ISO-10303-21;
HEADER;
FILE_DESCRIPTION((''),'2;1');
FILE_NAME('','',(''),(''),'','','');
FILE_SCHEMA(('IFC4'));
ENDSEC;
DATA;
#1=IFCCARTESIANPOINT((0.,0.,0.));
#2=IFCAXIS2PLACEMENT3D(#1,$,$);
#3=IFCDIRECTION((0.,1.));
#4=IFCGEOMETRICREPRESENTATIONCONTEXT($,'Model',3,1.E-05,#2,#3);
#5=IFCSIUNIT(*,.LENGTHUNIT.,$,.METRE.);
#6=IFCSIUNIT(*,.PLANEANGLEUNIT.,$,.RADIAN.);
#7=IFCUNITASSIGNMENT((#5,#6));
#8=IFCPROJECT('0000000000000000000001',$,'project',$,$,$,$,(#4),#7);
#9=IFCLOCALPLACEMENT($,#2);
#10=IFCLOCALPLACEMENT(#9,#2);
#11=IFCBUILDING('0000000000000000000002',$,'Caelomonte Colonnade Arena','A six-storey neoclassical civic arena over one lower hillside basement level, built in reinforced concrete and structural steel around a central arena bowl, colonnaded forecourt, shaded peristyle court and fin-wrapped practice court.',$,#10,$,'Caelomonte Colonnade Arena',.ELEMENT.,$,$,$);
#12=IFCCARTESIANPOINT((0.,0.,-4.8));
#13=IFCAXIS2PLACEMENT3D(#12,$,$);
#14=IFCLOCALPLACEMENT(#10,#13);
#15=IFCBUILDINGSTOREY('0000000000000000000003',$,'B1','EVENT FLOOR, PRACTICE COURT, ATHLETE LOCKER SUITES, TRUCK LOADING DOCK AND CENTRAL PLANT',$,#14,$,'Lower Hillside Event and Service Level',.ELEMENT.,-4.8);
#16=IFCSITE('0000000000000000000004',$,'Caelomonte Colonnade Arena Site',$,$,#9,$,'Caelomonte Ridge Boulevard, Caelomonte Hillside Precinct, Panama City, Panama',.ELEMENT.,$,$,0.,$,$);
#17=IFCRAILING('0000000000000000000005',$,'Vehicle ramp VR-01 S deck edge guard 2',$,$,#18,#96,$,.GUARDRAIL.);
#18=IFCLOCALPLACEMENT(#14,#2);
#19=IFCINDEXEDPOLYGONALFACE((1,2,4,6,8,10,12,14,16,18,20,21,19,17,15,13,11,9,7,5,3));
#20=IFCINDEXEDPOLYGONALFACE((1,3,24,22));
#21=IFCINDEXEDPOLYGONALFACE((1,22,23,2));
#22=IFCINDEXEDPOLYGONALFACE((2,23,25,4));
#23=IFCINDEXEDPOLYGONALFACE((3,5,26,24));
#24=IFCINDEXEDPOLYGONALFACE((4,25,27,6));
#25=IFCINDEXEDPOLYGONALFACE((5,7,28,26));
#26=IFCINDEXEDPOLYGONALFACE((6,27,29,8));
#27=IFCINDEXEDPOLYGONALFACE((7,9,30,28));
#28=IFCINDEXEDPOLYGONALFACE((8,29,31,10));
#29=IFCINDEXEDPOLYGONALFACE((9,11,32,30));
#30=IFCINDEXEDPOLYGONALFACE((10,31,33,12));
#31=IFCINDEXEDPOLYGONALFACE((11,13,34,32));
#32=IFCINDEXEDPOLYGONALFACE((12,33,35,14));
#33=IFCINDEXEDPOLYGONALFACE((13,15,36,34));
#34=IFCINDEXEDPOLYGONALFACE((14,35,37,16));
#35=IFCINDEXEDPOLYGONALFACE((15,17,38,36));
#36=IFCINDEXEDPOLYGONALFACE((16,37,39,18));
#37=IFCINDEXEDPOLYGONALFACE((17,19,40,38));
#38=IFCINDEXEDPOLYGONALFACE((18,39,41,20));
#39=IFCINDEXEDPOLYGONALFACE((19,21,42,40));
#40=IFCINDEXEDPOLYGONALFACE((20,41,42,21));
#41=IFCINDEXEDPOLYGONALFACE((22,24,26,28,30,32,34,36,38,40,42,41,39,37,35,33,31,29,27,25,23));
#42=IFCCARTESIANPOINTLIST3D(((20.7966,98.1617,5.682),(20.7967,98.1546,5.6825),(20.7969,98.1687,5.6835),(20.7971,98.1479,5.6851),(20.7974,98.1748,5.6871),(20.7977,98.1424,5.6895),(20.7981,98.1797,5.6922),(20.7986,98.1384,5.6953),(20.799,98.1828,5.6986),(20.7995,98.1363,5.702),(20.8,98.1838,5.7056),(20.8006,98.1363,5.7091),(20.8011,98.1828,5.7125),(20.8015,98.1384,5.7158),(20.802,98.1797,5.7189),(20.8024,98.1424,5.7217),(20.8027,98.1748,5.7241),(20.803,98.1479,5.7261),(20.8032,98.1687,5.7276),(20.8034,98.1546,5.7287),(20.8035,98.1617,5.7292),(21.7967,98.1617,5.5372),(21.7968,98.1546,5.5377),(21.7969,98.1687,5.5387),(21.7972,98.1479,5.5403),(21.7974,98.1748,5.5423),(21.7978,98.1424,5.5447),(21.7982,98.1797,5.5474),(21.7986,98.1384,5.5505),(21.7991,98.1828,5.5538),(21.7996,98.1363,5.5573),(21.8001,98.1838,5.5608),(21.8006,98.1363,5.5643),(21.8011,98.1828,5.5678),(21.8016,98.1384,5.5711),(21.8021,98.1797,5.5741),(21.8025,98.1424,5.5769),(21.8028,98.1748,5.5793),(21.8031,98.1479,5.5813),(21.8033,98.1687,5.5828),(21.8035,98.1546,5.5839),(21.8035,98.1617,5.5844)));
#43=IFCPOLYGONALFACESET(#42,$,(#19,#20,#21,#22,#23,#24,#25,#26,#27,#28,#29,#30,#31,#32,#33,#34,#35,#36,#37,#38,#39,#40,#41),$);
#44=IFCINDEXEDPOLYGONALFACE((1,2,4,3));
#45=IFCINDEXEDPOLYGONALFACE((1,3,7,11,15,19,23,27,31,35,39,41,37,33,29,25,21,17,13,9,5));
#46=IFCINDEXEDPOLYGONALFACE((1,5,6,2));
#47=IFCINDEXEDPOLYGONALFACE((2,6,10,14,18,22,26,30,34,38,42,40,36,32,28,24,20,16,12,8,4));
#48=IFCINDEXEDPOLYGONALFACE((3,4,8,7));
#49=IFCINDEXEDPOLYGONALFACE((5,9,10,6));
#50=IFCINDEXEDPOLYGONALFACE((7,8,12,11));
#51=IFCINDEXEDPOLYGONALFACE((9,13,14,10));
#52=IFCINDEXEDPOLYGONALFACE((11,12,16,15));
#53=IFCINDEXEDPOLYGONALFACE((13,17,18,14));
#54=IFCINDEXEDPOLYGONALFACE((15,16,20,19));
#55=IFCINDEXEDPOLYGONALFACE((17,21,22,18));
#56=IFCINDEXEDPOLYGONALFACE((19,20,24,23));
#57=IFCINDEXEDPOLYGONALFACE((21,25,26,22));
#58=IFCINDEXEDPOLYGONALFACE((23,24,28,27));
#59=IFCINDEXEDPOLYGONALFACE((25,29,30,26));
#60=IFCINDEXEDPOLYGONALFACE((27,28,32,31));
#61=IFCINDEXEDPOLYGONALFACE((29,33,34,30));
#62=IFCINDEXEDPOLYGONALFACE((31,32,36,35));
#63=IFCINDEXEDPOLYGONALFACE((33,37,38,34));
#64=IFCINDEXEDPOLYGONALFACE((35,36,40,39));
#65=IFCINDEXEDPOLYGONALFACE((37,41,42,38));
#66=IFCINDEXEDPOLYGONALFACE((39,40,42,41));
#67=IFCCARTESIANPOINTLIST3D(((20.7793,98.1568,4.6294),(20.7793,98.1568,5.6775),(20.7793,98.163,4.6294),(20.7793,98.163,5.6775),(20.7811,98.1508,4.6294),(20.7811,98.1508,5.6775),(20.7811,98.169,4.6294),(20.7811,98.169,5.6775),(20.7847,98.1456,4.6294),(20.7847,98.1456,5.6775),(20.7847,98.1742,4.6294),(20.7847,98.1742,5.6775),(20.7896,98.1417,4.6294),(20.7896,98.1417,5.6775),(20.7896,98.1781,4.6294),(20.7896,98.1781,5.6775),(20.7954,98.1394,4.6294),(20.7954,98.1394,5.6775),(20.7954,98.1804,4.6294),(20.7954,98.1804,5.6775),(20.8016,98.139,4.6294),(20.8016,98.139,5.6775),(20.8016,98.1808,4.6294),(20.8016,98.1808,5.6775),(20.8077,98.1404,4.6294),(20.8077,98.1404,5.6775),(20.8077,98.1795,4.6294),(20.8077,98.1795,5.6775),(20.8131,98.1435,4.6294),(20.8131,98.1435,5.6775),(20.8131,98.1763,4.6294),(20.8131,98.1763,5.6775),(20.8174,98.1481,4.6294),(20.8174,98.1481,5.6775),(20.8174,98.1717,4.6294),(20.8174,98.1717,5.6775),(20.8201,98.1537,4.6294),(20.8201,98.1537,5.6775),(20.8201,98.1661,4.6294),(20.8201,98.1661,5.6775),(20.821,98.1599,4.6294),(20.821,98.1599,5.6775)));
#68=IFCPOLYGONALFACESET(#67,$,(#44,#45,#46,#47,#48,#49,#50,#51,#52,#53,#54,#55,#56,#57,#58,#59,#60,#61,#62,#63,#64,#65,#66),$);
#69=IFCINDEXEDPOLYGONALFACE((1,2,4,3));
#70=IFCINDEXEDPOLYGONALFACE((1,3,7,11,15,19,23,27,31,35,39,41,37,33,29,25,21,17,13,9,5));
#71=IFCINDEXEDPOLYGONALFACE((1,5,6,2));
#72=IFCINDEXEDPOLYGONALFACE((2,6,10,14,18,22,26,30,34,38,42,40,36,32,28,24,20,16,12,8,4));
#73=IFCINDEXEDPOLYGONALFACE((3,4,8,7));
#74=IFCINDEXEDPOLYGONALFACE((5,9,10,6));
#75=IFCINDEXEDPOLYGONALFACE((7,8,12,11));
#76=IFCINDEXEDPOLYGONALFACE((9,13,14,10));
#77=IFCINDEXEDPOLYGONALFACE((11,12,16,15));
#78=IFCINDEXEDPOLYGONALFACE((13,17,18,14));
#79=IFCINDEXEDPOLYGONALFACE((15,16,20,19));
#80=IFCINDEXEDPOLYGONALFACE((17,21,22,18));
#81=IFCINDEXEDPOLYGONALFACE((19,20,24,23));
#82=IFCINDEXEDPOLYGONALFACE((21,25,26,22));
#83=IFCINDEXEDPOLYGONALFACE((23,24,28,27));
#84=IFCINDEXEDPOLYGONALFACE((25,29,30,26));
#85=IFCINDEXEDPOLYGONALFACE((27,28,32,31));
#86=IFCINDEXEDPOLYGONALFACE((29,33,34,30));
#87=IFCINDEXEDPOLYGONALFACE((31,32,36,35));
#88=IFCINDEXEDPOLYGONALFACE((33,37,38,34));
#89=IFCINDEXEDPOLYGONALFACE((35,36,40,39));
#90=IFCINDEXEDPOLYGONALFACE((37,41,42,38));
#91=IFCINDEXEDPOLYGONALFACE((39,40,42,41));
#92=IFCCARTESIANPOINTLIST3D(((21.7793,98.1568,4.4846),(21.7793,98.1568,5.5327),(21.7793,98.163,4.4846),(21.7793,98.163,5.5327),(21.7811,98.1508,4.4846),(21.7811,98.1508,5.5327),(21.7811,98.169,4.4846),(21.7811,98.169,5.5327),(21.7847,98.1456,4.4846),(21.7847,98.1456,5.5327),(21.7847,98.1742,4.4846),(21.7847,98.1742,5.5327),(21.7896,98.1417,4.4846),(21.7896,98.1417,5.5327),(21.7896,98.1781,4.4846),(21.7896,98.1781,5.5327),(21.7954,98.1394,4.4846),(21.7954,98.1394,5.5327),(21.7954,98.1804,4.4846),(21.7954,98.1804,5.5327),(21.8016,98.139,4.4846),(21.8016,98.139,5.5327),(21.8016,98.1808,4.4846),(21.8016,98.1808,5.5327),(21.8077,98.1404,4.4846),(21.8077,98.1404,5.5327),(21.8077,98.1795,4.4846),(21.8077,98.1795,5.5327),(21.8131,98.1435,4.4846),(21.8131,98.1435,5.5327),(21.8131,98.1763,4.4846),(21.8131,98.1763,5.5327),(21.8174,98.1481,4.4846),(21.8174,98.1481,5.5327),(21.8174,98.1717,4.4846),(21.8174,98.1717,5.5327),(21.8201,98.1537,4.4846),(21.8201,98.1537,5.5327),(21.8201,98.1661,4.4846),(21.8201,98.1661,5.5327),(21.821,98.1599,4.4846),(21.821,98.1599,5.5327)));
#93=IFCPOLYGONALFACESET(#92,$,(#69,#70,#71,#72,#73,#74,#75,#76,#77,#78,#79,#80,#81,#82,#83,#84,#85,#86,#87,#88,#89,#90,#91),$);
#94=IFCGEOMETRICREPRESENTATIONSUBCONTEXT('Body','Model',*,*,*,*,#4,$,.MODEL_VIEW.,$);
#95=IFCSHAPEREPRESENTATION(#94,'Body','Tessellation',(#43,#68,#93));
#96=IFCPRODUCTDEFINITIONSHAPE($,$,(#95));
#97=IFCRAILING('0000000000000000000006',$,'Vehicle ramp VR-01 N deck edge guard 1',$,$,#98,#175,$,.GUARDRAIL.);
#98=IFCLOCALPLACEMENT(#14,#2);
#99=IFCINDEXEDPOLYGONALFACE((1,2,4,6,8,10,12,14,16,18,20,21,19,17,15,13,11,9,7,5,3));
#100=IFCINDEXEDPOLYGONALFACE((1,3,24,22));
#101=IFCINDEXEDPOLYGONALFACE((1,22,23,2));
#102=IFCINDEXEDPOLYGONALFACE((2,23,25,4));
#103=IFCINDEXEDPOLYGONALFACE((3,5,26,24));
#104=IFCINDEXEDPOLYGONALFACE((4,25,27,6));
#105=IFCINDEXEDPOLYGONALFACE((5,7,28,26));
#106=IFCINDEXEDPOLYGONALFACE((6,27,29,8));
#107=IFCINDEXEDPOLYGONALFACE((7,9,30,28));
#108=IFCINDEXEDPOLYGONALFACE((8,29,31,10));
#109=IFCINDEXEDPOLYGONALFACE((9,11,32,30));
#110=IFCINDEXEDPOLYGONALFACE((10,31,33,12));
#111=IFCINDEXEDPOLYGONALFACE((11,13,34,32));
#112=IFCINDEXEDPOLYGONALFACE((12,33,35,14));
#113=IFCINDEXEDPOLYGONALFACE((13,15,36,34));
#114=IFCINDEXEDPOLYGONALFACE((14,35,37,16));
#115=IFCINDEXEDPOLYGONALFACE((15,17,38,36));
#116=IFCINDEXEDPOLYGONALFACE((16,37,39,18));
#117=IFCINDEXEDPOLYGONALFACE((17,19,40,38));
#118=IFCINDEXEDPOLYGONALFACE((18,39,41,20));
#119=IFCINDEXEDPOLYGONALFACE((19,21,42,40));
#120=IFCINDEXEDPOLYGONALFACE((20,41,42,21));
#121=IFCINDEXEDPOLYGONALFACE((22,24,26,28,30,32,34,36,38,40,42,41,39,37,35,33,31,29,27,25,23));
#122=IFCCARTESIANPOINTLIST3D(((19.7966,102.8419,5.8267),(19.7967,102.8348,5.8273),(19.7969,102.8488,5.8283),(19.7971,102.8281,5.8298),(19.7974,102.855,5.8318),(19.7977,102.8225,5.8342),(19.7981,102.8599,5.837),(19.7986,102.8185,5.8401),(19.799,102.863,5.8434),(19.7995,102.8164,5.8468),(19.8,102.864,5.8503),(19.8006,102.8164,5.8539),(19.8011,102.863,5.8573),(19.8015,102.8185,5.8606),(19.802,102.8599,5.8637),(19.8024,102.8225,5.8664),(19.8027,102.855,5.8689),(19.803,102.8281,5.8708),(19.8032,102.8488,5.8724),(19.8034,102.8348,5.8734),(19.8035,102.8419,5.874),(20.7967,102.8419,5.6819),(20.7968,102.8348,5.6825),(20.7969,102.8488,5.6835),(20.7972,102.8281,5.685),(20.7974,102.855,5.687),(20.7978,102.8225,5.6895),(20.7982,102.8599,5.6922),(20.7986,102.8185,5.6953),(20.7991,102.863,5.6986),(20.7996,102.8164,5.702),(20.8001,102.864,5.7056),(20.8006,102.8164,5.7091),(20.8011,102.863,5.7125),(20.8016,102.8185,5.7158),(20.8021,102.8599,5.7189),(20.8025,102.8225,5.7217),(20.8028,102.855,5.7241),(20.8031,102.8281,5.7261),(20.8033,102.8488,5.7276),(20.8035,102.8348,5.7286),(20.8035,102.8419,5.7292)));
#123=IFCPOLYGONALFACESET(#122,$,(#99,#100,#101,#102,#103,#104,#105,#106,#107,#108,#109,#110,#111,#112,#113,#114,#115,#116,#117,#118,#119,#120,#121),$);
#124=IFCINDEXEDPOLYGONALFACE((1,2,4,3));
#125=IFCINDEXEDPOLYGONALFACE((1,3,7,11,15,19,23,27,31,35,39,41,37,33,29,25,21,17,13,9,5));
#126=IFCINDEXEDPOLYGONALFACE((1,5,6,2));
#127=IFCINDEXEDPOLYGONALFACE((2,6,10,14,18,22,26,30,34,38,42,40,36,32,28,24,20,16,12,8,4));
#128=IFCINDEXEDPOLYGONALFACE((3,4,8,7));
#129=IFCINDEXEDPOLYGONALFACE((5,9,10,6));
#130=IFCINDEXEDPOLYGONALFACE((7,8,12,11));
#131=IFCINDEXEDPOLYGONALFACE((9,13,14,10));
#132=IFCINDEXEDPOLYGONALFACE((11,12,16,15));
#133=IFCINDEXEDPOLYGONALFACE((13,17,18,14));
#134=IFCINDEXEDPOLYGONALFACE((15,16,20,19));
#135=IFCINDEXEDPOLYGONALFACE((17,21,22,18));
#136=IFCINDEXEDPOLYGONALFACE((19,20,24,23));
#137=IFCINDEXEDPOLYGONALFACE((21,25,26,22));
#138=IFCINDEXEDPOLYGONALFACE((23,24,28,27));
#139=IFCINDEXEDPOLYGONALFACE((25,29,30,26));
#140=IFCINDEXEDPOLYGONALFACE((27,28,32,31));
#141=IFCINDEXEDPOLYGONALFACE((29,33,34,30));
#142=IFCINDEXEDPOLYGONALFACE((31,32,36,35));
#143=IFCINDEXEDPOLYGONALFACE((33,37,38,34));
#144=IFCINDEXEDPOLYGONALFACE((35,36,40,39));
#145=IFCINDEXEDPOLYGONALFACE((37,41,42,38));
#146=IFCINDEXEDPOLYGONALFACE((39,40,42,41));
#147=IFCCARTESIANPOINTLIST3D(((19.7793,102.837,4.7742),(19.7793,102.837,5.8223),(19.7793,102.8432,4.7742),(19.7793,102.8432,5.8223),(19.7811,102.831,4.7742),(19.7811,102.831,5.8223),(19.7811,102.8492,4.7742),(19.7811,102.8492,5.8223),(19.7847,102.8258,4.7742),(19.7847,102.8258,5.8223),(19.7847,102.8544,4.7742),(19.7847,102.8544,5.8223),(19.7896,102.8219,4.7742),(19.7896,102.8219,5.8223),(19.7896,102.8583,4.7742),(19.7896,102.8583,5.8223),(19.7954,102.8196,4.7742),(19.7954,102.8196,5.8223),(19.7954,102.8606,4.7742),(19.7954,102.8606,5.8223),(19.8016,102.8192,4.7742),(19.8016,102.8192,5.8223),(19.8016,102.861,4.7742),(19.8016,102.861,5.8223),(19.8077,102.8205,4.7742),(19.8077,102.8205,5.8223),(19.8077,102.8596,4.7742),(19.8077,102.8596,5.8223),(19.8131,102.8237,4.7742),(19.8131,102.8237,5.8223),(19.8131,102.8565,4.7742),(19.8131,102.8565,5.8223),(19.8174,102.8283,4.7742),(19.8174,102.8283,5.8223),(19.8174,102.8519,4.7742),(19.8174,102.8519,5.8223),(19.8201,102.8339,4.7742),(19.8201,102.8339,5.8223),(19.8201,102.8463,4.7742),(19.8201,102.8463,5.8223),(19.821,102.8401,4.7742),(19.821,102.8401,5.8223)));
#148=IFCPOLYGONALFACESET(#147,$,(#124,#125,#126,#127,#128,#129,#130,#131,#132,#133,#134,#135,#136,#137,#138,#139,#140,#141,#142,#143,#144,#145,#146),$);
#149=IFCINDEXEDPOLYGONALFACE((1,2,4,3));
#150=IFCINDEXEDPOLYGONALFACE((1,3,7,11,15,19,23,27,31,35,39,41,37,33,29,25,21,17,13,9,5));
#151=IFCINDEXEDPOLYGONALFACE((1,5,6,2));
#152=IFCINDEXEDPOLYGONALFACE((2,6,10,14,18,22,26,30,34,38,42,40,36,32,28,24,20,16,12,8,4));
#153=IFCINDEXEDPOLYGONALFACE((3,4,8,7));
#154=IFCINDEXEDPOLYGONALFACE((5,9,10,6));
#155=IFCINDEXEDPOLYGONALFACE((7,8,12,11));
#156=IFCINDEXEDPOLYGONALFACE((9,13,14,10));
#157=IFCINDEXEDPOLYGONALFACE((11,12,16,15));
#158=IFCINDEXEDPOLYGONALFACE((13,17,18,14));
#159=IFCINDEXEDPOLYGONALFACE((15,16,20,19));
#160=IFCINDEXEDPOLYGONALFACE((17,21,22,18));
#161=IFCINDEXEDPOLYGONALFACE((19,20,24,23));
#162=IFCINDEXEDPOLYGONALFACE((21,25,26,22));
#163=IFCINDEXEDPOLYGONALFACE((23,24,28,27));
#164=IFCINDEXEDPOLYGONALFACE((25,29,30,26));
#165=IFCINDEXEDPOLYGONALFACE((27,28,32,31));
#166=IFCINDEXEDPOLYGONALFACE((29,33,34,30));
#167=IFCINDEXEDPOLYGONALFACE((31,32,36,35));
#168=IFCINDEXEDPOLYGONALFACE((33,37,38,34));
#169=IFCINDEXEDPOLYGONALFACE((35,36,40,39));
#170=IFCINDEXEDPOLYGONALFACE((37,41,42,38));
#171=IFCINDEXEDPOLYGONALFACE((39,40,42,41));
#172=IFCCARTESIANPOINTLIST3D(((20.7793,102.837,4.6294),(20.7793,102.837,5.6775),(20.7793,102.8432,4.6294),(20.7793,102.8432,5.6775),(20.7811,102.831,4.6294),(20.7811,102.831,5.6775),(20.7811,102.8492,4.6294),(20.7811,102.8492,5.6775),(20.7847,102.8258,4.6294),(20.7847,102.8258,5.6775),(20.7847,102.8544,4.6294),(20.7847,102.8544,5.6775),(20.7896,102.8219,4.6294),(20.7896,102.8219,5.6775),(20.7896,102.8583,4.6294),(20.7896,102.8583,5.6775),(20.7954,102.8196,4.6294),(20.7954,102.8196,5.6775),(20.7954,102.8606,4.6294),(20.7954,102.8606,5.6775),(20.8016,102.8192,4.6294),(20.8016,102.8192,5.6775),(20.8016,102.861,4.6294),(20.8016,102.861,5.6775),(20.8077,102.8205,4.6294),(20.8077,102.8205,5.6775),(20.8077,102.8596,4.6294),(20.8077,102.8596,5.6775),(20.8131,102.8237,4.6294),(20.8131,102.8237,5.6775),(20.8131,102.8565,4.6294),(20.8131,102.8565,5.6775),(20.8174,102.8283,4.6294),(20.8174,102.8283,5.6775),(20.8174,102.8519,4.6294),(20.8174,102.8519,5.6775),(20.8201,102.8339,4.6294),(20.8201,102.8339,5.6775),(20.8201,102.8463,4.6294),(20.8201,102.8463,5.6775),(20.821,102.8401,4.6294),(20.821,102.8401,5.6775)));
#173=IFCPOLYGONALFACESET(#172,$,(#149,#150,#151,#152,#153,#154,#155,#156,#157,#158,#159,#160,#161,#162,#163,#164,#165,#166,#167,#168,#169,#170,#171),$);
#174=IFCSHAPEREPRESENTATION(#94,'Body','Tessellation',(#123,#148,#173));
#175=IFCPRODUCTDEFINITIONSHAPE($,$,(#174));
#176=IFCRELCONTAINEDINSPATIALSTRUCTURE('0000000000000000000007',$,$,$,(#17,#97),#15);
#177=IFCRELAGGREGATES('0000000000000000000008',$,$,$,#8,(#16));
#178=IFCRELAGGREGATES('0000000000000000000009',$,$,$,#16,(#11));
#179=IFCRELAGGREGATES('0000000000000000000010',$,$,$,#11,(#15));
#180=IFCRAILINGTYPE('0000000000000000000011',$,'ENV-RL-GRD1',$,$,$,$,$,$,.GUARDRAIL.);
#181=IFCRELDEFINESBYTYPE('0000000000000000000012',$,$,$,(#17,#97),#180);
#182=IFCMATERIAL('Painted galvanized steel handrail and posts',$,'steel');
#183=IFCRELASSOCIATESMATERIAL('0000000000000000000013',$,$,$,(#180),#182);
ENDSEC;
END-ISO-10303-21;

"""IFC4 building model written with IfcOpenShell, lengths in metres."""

from ifc_helpers import new_model, si_unit, direction, frame, origin, origin_2d, place, context, subcontext, project, spatial, circle, extrude, material, type_object, element, save


model = new_model("IFC4")

# Units and contexts
model_context = context("Model", 3, precision=1e-05, world=origin(), true_north=direction((0.0, 1.0)))
body_context = subcontext(model_context, "Body", "Model", "MODEL_VIEW")
ifc_project = project(units=[si_unit("LENGTHUNIT", "METRE"), si_unit("PLANEANGLEUNIT", "RADIAN")], contexts=[model_context])

# Site, building, storey
site_placement = place(None, origin())
site = spatial("IfcSite", under=ifc_project, at=site_placement, Name="Caelomonte Colonnade Arena Site", LongName="Caelomonte Ridge Boulevard, Caelomonte Hillside Precinct, Panama City, Panama", CompositionType="ELEMENT", RefElevation=0.0)
building_placement = place(site_placement, origin())
building = spatial("IfcBuilding", under=site, at=building_placement, Name="Caelomonte Colonnade Arena", Description="A six-storey neoclassical civic arena over one lower hillside basement level, built in reinforced concrete and structural steel around a central arena bowl, colonnaded forecourt, shaded peristyle court and fin-wrapped practice court.", LongName="Caelomonte Colonnade Arena", CompositionType="ELEMENT")
storey_placement = place(building_placement, frame((0.0, 0.0, -4.8)))
storey = spatial("IfcBuildingStorey", under=building, at=storey_placement, Name="B1", Description="EVENT FLOOR, PRACTICE COURT, ATHLETE LOCKER SUITES, TRUCK LOADING DOCK AND CENTRAL PLANT", LongName="Lower Hillside Event and Service Level", CompositionType="ELEMENT", Elevation=-4.8)

# Railings
ifc_material_1 = material(Name="Painted galvanized steel handrail and posts", Category="steel")
railing_type = type_object("IfcRailingType", Name="ENV-RL-GRD1", PredefinedType="GUARDRAIL", material=ifc_material_1)
for number, where, name in (
    (1, (20.8, 98.1599, 4.6294), "Vehicle ramp VR-01 S deck edge guard 2"),
    (2, (19.8, 102.8401, 4.7742), "Vehicle ramp VR-01 N deck edge guard 1"),
):
    element("IfcRailing", number, at=place(storey_placement, frame(where)), inside=storey, type_object=railing_type, Name=name, PredefinedType="GUARDRAIL", context=body_context, shape_type="SweptSolid", body=[
        extrude(circle(Radius=0.0239, at=origin_2d()), frame((0.0, 0.0, 1.0762), z_axis=(0.989682, 0.0, -0.143282), x_axis=(0.0, 1.0, 0.0)), (0.0, 0.0, 1.0), 1.0105),
        extrude(circle(Radius=0.021, at=origin_2d()), origin(), (0.0, 0.0, 1.0), 1.0481),
        extrude(circle(Radius=0.021, at=origin_2d()), frame((1.0, 0.0, -0.1448)), (0.0, 0.0, 1.0), 1.0481),
    ])

save(model, "model.ifc")
